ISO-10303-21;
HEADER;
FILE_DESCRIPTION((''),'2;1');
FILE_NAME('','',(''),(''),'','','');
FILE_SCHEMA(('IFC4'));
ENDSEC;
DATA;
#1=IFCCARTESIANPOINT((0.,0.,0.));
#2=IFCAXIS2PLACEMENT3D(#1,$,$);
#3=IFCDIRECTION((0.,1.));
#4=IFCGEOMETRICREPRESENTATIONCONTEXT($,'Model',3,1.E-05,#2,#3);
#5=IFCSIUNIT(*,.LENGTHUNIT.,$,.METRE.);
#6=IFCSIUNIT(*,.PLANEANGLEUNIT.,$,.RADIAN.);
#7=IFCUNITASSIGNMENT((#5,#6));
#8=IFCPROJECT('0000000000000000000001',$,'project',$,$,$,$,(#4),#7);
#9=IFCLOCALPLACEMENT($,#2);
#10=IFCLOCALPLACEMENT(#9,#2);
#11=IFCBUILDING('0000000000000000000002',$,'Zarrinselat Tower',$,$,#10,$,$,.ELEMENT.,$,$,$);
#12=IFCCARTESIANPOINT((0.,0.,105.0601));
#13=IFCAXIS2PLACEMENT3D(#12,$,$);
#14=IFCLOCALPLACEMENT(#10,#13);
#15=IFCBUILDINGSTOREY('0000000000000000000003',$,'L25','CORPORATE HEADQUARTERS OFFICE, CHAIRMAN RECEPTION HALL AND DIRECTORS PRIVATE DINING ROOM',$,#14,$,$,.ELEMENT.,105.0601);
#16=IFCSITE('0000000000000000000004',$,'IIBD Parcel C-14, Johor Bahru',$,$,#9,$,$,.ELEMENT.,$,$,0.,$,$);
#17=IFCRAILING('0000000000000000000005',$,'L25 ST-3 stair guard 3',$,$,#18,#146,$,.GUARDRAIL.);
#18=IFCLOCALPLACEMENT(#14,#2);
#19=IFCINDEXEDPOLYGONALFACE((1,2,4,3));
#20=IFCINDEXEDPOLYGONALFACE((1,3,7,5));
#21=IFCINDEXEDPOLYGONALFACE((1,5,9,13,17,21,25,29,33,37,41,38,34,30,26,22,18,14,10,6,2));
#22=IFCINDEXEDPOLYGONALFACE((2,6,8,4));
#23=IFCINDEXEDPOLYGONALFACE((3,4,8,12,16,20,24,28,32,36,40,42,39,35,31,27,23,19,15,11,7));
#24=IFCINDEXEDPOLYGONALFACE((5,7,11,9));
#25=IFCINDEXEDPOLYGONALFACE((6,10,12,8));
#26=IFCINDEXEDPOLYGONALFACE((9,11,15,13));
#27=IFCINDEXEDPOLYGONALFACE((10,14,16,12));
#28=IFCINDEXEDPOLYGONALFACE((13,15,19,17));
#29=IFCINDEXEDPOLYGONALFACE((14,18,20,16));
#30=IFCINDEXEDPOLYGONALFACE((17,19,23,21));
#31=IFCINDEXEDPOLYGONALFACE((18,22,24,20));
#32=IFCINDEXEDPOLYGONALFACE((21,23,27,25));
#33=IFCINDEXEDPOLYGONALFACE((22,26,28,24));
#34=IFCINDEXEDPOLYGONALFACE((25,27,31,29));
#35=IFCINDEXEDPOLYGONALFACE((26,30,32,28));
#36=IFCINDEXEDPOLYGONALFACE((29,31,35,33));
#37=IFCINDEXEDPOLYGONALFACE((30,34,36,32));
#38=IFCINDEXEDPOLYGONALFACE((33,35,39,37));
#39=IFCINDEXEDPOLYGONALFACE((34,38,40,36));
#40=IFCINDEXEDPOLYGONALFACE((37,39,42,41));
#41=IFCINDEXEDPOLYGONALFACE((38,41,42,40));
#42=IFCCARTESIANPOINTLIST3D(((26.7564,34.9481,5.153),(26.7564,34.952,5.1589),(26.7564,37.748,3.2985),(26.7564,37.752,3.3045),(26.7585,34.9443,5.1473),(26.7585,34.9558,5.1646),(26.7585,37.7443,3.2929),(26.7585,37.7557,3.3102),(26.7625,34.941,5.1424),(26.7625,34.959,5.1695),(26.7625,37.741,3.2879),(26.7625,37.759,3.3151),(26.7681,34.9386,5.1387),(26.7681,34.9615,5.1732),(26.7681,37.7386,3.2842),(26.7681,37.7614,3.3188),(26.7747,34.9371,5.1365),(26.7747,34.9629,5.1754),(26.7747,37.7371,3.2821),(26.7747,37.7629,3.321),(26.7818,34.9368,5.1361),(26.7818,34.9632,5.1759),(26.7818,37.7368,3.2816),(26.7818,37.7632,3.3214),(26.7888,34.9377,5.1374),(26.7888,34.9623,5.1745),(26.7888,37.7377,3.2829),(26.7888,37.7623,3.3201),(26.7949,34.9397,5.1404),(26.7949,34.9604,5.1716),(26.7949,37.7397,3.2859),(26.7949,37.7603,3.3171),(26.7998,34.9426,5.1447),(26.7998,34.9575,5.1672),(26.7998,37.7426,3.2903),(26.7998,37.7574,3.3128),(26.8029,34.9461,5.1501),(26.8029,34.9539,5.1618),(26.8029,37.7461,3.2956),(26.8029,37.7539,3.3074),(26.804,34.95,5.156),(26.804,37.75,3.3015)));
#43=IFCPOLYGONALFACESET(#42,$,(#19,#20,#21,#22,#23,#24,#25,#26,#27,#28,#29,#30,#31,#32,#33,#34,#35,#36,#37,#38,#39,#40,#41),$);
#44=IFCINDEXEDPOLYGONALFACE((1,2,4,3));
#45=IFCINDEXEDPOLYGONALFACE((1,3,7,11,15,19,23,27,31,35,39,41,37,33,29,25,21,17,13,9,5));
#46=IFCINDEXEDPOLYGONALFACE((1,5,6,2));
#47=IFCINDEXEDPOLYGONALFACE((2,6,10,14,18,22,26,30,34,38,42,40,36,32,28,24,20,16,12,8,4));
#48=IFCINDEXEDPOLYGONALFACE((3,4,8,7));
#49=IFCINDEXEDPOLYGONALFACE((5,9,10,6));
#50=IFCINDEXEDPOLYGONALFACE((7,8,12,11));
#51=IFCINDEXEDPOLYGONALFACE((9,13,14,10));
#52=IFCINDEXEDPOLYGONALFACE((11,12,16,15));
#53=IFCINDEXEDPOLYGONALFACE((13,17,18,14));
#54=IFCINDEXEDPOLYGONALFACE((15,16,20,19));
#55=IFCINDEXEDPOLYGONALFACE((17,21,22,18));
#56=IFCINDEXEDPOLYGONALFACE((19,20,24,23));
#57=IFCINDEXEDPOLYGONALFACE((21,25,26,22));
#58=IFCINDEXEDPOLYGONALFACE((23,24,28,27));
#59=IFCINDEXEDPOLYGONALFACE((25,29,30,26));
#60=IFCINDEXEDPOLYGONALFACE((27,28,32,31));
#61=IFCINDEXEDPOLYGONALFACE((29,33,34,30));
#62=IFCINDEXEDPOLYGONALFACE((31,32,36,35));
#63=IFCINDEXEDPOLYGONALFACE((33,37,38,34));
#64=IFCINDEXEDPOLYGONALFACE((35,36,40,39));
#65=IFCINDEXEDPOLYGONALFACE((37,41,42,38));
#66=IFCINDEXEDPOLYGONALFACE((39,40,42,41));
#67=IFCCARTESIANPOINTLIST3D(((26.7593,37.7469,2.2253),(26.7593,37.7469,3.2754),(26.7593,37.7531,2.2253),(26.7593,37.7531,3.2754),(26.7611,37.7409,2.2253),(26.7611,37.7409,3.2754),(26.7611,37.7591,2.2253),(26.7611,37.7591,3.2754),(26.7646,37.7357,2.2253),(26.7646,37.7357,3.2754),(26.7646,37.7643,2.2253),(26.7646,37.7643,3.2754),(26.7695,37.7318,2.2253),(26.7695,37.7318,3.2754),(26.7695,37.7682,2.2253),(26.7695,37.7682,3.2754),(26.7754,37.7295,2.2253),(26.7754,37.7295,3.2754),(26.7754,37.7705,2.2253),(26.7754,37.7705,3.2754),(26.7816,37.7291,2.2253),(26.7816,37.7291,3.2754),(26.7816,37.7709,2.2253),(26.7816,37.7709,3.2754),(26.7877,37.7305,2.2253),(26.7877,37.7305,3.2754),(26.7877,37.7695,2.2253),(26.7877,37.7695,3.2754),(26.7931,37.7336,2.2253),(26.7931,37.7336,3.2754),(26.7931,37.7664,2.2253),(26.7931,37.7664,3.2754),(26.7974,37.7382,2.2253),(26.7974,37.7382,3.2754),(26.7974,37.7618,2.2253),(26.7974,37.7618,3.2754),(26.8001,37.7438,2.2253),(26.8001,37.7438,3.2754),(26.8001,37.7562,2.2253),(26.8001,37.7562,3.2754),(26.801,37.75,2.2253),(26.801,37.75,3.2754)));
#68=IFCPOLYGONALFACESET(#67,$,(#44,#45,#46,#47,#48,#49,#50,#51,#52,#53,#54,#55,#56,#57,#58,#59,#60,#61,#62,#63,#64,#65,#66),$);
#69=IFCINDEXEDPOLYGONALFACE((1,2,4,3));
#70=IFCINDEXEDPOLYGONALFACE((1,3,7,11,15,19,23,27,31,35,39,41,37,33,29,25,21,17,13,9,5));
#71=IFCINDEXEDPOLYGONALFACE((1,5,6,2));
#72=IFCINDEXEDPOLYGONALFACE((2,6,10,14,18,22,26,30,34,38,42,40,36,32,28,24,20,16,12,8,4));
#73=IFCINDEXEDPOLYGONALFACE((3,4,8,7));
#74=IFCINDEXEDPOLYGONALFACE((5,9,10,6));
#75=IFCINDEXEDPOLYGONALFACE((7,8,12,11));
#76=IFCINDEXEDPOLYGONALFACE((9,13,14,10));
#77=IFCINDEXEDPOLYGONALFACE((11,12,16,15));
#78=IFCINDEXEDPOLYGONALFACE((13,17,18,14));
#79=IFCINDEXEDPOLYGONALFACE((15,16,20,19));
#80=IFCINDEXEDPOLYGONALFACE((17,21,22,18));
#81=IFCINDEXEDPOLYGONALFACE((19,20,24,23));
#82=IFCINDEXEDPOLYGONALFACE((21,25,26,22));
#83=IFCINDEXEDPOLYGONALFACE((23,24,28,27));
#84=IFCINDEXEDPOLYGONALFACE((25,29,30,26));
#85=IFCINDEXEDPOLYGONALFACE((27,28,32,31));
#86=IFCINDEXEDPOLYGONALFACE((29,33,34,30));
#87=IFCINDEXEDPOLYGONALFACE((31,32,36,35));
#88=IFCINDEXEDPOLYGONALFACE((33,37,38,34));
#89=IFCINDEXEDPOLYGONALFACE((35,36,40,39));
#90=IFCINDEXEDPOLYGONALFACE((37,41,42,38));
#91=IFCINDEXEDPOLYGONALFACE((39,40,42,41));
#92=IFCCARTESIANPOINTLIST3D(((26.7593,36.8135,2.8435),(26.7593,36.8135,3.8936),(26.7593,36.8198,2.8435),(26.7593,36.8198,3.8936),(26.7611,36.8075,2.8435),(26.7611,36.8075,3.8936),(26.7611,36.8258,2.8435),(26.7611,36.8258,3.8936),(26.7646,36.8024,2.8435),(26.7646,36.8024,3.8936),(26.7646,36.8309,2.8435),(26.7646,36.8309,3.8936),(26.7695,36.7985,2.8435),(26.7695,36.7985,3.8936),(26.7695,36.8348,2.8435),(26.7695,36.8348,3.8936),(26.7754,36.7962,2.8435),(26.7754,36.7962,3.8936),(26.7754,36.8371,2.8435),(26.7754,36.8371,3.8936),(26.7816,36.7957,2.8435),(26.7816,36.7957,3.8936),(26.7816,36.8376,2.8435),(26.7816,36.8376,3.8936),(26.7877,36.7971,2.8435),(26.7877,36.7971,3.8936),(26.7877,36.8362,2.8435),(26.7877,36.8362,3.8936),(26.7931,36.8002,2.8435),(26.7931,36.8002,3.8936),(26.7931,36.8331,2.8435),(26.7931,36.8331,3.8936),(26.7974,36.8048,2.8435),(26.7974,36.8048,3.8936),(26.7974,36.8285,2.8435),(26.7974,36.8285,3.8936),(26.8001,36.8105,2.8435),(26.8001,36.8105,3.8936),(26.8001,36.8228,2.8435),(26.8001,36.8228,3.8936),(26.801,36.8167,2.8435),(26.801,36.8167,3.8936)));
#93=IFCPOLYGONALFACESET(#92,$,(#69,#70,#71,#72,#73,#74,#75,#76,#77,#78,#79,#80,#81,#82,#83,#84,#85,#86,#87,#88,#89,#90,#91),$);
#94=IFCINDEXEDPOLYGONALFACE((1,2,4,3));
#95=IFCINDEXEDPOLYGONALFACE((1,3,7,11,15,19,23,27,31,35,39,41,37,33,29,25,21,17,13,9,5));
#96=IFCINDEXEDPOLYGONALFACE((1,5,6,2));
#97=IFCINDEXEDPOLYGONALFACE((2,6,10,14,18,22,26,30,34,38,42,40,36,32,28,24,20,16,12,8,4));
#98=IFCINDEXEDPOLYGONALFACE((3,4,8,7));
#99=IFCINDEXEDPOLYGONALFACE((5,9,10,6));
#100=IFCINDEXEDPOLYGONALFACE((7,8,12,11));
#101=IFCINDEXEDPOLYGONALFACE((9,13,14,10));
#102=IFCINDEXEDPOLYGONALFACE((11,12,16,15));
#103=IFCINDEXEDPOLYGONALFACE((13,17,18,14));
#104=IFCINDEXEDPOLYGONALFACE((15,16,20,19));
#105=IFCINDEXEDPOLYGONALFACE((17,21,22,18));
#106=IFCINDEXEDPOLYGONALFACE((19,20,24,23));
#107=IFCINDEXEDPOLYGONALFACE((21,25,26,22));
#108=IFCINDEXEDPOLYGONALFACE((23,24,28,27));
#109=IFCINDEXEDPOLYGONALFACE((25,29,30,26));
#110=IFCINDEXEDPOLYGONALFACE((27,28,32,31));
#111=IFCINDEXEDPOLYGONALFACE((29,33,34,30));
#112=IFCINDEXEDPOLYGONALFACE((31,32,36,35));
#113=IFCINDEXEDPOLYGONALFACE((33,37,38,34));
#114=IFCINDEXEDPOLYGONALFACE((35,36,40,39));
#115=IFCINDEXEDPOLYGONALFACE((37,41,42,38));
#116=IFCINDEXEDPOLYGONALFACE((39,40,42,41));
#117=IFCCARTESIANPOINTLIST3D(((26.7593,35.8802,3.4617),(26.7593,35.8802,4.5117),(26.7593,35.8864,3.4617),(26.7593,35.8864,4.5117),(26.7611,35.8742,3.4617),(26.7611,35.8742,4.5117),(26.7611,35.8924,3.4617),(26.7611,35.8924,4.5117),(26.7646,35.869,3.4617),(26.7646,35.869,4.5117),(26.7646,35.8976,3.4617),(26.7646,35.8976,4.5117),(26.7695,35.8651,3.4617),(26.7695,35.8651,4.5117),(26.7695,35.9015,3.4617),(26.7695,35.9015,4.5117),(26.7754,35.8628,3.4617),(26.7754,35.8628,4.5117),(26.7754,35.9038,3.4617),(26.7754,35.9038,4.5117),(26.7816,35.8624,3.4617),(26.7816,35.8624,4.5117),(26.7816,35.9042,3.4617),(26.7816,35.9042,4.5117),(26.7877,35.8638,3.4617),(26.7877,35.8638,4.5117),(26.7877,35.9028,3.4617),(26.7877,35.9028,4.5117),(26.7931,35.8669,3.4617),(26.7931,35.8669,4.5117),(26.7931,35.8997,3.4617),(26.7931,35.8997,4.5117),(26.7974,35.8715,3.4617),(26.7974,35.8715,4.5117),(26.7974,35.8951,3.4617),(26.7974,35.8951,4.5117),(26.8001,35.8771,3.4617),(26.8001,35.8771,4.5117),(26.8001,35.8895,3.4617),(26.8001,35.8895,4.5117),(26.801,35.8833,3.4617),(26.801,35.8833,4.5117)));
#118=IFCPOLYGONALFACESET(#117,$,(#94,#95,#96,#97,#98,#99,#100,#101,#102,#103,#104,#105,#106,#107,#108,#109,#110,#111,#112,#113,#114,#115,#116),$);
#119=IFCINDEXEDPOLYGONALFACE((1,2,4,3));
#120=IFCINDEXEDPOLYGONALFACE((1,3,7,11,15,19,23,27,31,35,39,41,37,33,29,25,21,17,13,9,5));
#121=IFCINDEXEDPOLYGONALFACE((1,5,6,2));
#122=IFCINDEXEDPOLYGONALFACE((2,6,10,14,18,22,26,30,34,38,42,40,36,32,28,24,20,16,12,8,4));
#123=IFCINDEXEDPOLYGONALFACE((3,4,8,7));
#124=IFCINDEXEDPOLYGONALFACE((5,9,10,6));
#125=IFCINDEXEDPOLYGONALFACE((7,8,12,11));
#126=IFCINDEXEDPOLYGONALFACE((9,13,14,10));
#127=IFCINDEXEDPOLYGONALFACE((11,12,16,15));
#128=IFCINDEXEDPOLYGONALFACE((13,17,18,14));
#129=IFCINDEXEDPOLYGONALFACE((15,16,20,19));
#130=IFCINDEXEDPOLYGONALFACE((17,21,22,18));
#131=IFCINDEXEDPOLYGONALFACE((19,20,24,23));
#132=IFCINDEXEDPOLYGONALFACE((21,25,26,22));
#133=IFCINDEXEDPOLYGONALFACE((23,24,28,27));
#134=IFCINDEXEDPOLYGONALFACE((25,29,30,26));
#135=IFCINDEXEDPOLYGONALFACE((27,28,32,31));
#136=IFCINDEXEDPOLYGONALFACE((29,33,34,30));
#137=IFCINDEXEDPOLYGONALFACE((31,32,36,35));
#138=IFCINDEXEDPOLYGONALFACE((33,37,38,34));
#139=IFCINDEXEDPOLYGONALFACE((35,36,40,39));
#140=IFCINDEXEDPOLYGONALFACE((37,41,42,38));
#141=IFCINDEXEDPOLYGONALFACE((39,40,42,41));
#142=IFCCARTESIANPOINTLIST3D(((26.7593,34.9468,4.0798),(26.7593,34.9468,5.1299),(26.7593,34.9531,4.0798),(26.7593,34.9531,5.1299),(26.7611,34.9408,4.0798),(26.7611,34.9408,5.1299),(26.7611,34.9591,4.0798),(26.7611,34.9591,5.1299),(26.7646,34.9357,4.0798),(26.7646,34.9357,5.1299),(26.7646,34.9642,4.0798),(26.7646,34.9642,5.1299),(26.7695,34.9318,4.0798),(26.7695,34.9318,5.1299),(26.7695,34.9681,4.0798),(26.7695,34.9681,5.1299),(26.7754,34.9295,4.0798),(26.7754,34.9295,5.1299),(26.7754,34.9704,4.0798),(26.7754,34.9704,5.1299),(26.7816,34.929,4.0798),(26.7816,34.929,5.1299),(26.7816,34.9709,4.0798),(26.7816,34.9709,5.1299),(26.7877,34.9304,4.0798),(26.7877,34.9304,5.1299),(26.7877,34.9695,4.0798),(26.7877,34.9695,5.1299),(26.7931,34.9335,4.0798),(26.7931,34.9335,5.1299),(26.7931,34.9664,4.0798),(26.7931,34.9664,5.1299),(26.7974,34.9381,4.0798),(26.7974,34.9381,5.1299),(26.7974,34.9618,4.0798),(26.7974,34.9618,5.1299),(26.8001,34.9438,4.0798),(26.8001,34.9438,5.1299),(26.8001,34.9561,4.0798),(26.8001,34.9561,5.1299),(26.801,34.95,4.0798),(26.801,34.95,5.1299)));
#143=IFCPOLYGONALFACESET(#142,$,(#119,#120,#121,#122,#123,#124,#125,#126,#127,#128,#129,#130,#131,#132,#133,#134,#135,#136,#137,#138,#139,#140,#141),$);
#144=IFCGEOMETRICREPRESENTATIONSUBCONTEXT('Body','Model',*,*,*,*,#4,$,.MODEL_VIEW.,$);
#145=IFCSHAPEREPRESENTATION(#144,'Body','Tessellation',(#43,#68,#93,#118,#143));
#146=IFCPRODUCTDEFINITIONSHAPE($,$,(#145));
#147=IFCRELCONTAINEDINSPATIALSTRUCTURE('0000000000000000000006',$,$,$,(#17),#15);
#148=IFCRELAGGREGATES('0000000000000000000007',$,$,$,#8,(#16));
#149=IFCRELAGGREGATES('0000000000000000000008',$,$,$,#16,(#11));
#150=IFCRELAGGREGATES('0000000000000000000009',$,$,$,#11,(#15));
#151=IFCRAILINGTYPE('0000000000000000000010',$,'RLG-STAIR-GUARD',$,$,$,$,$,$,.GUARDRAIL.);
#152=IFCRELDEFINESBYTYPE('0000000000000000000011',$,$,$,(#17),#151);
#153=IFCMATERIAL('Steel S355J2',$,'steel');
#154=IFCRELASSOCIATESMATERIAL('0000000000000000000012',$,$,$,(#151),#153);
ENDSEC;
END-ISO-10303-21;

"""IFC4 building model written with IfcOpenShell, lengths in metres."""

from ifc_helpers import new_model, si_unit, direction, frame, origin, origin_2d, place, context, subcontext, project, spatial, circle, extrude, material, type_object, element, save


model = new_model("IFC4")

# Units and contexts
model_context = context("Model", 3, precision=1e-05, world=origin(), true_north=direction((0.0, 1.0)))
body_context = subcontext(model_context, "Body", "Model", "MODEL_VIEW")
ifc_project = project(units=[si_unit("LENGTHUNIT", "METRE"), si_unit("PLANEANGLEUNIT", "RADIAN")], contexts=[model_context])

# Site, building, storey
site_placement = place(None, origin())
site = spatial("IfcSite", under=ifc_project, at=site_placement, Name="IIBD Parcel C-14, Johor Bahru", CompositionType="ELEMENT", RefElevation=0.0)
building_placement = place(site_placement, origin())
building = spatial("IfcBuilding", under=site, at=building_placement, Name="Zarrinselat Tower", CompositionType="ELEMENT")
storey_placement = place(building_placement, frame((0.0, 0.0, 105.0601)))
storey = spatial("IfcBuildingStorey", under=building, at=storey_placement, Name="L25", Description="CORPORATE HEADQUARTERS OFFICE, CHAIRMAN RECEPTION HALL AND DIRECTORS PRIVATE DINING ROOM", CompositionType="ELEMENT", Elevation=105.0601)

# Railing
ifc_material_1 = material(Name="Steel S355J2", Category="steel")
railing_type_1 = type_object("IfcRailingType", Name="RLG-STAIR-GUARD", PredefinedType="GUARDRAIL", material=ifc_material_1)
railing_1_placement = place(storey_placement, frame((26.78, 37.75, 2.2253)))
element("IfcRailing", 1, at=railing_1_placement, inside=storey, type_object=railing_type_1, Name="L25 ST-3 stair guard 3", PredefinedType="GUARDRAIL", context=body_context, shape_type="SweptSolid", body=[
    extrude(circle(Radius=0.0239, at=origin_2d()), frame((0.0, 0.0, 1.0762), z_axis=(0.0, -0.833724, 0.552181), x_axis=(1.0, 0.0, 0.0)), (0.0, 0.0, 1.0), 3.3584),
    extrude(circle(Radius=0.021, at=origin_2d()), origin(), (0.0, 0.0, 1.0), 1.05),
    extrude(circle(Radius=0.021, at=origin_2d()), frame((0.0, -0.9333, 0.6182)), (0.0, 0.0, 1.0), 1.05),
    extrude(circle(Radius=0.021, at=origin_2d()), frame((0.0, -1.8667, 1.2363)), (0.0, 0.0, 1.0), 1.05),
    extrude(circle(Radius=0.021, at=origin_2d()), frame((0.0, -2.8, 1.8545)), (0.0, 0.0, 1.0), 1.05),
])

save(model, "model.ifc")
